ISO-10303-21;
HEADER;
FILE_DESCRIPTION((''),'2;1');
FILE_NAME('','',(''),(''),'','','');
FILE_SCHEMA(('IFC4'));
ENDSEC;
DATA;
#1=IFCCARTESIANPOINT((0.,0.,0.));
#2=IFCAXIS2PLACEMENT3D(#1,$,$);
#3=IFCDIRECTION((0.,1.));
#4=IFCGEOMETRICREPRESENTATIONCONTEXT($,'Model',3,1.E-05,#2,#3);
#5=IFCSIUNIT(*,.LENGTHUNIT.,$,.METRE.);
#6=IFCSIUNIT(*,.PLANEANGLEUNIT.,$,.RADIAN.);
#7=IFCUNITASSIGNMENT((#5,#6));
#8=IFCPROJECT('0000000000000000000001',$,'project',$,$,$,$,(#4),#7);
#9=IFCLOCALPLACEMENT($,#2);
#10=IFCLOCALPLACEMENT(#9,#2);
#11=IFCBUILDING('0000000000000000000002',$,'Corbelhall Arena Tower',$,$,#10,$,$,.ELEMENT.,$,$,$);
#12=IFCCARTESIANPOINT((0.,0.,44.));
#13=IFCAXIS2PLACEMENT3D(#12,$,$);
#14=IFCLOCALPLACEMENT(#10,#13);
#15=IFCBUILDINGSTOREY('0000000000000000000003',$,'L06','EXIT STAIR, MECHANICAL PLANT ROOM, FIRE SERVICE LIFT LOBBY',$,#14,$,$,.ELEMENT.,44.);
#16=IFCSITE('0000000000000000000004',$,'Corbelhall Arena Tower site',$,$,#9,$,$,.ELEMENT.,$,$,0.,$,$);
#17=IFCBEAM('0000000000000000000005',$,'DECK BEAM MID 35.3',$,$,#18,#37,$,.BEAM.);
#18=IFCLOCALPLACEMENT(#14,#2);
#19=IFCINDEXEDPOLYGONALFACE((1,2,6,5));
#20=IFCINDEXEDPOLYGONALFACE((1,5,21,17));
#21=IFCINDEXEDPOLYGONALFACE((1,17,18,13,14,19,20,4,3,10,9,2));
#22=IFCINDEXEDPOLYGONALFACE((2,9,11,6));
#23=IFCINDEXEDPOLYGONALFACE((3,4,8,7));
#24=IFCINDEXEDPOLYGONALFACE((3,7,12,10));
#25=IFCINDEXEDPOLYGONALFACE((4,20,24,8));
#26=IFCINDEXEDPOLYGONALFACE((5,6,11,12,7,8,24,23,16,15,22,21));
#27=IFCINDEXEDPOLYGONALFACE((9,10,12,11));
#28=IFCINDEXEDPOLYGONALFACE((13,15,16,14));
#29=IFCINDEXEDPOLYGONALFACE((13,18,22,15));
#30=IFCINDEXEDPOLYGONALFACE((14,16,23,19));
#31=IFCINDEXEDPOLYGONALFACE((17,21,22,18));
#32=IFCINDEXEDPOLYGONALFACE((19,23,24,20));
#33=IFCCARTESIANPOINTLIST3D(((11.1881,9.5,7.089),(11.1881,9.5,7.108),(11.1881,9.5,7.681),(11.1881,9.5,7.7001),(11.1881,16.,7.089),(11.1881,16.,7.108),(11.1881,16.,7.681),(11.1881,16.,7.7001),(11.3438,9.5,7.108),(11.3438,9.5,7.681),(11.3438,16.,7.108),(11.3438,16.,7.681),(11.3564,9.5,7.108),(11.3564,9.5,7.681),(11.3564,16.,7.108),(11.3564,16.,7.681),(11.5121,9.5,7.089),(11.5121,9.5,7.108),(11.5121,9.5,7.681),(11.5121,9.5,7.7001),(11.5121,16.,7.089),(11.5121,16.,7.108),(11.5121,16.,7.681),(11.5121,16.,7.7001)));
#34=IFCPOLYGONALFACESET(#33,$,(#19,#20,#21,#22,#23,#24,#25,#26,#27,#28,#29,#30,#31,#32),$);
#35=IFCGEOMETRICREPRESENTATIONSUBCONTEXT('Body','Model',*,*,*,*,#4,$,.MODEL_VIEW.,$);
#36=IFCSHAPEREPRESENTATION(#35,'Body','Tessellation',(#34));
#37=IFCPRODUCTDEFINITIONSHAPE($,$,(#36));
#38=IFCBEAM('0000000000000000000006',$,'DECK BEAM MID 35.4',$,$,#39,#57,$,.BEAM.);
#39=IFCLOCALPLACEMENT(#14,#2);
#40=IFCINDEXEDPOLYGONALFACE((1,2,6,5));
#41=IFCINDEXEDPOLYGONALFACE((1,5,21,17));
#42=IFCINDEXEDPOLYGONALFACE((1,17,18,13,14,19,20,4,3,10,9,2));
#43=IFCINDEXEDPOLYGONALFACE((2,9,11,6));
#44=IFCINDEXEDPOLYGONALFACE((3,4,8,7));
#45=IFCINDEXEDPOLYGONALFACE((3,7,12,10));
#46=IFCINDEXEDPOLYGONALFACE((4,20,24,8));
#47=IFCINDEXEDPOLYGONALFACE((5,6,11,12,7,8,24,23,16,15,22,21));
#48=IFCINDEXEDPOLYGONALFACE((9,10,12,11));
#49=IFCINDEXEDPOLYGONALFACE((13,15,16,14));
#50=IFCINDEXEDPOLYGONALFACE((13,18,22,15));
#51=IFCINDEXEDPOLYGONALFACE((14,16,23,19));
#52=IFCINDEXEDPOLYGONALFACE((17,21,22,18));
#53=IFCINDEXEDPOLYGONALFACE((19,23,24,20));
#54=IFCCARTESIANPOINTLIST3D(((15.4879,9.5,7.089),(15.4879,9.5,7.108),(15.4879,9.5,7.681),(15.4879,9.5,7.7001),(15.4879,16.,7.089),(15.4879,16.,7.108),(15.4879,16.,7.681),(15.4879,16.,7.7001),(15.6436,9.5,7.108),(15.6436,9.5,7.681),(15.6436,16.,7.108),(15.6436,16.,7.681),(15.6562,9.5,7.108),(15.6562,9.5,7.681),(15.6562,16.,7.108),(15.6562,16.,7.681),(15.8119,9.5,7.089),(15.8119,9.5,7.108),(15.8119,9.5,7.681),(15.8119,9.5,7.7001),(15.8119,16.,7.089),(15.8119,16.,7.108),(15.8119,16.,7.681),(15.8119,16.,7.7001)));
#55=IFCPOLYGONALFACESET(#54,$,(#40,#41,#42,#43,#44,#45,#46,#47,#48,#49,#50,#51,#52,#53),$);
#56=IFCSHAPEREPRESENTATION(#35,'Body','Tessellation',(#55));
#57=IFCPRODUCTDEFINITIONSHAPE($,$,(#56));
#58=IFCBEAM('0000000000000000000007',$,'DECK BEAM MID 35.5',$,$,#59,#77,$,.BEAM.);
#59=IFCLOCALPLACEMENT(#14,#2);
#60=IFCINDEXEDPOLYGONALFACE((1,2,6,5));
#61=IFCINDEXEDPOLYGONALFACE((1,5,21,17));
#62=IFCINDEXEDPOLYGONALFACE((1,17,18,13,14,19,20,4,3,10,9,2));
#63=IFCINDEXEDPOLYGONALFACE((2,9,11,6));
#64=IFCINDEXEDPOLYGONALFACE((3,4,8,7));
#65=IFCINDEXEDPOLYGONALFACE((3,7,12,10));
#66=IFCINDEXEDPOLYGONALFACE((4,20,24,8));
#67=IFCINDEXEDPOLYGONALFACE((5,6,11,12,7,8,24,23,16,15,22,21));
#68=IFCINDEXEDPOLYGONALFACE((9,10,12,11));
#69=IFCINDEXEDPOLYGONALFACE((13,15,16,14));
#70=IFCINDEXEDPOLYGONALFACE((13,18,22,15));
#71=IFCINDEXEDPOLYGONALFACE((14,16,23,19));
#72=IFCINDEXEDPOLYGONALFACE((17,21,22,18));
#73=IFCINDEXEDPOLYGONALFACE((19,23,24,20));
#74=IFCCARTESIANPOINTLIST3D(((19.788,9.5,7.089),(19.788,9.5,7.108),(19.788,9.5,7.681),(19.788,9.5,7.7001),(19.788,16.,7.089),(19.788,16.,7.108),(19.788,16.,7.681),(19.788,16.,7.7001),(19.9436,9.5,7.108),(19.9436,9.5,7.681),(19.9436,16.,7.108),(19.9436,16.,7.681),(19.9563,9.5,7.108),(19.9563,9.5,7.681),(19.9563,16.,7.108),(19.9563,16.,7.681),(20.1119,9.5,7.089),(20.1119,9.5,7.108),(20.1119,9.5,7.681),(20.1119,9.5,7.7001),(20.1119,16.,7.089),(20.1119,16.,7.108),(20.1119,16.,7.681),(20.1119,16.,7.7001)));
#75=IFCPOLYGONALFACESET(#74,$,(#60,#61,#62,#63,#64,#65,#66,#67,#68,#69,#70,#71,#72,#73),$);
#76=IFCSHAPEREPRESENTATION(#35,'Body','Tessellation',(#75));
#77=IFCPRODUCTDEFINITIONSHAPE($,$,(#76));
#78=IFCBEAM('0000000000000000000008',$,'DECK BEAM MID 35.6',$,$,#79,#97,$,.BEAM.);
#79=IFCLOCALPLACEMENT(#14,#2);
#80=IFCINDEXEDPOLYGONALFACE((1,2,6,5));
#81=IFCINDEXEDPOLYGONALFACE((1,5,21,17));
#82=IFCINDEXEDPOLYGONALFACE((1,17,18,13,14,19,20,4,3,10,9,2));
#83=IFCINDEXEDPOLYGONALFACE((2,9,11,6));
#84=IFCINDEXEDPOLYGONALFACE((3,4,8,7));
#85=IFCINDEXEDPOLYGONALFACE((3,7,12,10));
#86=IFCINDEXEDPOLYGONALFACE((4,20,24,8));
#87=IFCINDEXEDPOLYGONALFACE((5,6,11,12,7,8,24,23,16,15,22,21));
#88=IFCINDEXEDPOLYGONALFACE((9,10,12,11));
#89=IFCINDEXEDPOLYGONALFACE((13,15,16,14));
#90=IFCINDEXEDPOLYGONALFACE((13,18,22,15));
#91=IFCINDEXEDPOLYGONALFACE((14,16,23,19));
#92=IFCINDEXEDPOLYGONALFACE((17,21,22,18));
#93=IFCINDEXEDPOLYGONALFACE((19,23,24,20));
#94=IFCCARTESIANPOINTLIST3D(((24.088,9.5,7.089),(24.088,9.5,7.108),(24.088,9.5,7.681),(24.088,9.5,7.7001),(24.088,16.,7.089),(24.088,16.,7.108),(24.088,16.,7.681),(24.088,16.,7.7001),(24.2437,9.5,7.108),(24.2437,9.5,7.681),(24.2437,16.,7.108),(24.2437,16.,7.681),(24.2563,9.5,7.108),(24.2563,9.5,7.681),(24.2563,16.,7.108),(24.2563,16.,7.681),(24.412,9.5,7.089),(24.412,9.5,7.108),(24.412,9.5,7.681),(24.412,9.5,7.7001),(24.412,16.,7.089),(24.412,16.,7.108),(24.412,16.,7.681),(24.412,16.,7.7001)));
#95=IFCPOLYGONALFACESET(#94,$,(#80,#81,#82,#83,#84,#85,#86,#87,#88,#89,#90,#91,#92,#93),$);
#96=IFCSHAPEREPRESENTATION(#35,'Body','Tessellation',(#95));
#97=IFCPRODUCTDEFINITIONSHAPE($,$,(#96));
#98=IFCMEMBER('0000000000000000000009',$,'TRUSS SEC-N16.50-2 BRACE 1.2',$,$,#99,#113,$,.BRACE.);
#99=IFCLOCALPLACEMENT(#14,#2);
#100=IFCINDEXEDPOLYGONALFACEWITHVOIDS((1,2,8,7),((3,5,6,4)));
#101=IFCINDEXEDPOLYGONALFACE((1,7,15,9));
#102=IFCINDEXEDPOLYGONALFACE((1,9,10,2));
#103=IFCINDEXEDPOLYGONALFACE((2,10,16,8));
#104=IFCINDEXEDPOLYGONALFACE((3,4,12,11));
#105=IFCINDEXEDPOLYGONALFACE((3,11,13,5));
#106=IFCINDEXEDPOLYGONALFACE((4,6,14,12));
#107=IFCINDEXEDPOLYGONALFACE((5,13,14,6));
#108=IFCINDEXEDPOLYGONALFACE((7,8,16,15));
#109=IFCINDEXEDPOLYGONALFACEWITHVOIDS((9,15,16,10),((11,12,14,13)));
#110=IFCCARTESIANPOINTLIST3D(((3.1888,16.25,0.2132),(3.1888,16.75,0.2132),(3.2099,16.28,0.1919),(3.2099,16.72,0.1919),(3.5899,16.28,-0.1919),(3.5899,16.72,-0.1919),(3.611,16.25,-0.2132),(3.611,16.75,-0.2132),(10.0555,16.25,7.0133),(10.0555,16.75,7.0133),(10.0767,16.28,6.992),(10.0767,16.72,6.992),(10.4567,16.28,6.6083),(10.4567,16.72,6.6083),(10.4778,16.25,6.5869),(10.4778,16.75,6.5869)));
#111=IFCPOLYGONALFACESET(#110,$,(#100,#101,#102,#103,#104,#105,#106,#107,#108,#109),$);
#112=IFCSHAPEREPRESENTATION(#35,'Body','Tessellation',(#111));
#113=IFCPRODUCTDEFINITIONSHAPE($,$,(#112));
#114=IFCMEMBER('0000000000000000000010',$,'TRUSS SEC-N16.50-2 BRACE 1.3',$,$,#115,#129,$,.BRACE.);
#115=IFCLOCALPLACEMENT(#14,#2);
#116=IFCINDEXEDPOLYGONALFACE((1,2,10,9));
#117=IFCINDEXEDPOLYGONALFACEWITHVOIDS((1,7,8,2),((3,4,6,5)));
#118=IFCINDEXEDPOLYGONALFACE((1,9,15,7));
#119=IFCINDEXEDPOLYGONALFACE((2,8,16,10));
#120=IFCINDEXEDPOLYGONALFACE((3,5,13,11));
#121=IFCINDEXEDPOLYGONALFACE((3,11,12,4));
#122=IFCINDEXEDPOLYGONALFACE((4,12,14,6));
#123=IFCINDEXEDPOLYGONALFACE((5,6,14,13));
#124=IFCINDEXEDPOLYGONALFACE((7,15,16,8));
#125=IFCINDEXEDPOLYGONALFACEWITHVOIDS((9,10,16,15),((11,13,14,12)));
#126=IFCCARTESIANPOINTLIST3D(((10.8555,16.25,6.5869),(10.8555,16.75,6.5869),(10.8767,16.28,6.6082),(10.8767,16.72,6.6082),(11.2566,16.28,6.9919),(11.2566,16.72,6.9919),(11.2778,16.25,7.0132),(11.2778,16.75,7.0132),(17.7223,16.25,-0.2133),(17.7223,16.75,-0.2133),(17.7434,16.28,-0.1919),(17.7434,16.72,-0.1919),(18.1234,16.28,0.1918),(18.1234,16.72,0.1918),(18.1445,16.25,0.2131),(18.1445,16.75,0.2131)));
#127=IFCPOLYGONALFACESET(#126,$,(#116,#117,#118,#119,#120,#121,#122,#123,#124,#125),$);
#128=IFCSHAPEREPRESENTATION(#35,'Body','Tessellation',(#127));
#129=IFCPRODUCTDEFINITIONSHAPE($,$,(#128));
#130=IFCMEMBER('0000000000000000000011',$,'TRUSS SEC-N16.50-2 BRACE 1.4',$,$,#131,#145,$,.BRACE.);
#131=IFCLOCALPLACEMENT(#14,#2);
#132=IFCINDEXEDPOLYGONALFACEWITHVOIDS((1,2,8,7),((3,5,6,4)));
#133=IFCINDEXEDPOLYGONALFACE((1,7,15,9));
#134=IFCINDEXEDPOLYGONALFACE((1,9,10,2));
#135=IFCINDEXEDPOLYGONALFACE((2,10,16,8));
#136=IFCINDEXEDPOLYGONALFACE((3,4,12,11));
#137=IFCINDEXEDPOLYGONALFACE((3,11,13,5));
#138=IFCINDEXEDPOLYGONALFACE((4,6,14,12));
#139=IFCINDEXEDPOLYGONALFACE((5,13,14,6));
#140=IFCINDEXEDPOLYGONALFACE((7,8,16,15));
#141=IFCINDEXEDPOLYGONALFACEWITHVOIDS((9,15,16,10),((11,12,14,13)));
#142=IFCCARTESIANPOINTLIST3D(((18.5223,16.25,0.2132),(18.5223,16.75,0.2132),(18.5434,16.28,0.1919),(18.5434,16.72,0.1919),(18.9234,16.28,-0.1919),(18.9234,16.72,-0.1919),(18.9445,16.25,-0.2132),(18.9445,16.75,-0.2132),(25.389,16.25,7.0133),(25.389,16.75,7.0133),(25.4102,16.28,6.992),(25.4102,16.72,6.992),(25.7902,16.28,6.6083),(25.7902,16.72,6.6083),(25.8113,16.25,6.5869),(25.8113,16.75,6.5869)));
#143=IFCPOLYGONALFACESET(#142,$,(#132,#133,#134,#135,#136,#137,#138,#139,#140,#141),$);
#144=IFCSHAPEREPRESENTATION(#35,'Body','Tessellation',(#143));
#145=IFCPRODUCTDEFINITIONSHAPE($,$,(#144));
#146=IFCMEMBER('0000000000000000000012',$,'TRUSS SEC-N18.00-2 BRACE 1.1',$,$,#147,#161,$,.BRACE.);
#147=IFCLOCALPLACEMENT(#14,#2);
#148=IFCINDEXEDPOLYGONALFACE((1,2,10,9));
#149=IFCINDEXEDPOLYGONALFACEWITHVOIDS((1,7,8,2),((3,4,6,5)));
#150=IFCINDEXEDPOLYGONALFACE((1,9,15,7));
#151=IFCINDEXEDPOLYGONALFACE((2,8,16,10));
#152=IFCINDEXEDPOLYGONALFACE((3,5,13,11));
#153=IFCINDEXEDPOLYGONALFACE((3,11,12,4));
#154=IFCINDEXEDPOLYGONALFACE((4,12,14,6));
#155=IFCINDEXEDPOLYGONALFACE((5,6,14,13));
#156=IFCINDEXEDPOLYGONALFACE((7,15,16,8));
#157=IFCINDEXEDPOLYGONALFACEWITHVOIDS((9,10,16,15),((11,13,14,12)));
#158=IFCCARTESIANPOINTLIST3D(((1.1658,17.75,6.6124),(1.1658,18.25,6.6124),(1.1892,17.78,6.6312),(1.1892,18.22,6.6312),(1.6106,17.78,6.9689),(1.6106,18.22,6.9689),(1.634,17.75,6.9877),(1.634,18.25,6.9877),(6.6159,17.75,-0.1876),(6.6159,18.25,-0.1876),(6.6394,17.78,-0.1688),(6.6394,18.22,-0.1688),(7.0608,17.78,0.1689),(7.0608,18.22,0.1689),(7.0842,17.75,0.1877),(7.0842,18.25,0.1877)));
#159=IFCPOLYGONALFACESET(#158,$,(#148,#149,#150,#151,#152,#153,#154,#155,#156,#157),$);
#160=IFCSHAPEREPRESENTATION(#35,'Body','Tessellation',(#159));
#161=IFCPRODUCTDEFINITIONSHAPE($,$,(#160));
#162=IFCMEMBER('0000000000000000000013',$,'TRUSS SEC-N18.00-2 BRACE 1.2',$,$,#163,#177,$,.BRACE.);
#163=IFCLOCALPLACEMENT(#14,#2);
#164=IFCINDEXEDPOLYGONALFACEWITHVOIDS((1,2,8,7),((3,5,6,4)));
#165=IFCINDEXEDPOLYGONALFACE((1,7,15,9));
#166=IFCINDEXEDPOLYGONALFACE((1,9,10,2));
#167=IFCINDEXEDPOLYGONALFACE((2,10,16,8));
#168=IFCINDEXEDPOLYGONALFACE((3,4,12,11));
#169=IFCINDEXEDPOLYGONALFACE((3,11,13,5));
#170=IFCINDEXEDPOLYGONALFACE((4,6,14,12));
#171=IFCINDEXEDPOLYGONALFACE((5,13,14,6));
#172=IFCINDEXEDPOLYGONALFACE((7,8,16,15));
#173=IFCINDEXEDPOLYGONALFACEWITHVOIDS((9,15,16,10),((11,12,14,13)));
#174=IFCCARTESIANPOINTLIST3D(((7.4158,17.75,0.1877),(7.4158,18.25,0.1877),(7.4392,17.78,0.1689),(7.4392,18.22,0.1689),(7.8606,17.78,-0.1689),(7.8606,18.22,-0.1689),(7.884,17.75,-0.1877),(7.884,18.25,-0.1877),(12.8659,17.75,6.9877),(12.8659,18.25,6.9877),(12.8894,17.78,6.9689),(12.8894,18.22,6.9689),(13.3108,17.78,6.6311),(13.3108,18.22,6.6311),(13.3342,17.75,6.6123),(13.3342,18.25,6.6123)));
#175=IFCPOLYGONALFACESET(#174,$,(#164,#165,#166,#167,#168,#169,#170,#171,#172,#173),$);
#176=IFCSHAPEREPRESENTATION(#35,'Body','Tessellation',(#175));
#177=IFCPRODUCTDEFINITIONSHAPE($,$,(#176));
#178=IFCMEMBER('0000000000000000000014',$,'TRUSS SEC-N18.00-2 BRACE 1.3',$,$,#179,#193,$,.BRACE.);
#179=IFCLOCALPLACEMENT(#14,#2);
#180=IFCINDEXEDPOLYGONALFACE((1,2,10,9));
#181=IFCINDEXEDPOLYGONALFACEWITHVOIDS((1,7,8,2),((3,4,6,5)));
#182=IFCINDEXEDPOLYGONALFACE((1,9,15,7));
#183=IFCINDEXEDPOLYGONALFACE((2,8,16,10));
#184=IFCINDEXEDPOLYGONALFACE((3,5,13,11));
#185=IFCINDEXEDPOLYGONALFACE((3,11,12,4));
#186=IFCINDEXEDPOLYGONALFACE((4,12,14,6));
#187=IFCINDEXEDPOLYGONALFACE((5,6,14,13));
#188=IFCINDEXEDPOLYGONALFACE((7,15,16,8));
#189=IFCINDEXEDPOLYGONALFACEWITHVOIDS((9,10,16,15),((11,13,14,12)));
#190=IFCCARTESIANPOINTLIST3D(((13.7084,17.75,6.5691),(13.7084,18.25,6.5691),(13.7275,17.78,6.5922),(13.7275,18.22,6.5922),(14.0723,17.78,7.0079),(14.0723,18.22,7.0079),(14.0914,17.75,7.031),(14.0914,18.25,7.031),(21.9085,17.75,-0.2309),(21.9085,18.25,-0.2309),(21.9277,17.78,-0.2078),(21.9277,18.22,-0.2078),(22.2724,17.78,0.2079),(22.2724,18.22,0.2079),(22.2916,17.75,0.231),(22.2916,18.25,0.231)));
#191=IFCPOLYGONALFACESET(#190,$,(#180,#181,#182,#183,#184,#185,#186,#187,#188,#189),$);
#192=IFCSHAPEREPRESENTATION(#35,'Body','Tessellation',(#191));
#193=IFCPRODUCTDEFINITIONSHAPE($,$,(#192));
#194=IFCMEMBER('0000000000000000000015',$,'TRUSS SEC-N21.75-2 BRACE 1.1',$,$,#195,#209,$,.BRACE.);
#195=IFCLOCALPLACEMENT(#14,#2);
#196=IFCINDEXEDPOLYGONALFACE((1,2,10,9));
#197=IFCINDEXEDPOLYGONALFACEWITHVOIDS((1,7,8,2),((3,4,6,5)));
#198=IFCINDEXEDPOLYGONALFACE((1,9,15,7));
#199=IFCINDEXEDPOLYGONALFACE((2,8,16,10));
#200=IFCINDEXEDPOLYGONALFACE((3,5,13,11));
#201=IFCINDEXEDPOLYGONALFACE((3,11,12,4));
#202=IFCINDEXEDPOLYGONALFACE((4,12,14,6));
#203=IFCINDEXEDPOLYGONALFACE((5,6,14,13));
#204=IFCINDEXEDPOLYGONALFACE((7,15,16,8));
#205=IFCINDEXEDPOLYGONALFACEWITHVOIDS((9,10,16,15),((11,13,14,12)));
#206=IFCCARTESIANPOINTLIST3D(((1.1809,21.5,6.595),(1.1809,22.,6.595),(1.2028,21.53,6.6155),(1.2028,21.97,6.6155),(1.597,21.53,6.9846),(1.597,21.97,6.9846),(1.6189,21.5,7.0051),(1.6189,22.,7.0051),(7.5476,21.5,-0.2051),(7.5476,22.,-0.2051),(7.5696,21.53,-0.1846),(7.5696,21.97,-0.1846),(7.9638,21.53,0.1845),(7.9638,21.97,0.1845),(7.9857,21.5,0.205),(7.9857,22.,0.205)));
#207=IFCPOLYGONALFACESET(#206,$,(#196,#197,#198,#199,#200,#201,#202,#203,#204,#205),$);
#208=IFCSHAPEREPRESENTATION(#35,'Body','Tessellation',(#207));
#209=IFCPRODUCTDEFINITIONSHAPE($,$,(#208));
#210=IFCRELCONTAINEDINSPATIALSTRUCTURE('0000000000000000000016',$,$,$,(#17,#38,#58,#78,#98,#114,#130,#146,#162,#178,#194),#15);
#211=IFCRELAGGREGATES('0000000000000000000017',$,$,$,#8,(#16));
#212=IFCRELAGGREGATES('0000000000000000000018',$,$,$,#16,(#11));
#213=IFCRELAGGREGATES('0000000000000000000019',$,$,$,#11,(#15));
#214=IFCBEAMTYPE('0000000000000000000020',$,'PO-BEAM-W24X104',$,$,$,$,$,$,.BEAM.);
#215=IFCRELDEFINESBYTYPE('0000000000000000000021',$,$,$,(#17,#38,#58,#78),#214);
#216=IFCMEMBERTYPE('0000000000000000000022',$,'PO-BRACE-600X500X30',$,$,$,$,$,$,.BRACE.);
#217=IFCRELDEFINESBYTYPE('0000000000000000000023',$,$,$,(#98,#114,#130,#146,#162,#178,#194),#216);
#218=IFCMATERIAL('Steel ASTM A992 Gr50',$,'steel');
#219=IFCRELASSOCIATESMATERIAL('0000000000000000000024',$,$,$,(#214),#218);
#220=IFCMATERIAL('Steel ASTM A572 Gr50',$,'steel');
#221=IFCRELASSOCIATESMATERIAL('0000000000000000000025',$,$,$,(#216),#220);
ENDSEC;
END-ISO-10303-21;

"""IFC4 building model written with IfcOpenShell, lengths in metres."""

from ifc_helpers import new_model, si_unit, direction, frame, origin, origin_2d, place, context, subcontext, project, spatial, hollow_rectangle, i_section, extrude, material, material_profile, profile_set, type_object, element, save


model = new_model("IFC4")

# Units and contexts
model_context = context("Model", 3, precision=1e-05, world=origin(), true_north=direction((0.0, 1.0)))
body_context = subcontext(model_context, "Body", "Model", "MODEL_VIEW")
ifc_project = project(units=[si_unit("LENGTHUNIT", "METRE"), si_unit("PLANEANGLEUNIT", "RADIAN")], contexts=[model_context])

# Site, building, storey
site_placement = place(None, origin())
site = spatial("IfcSite", under=ifc_project, at=site_placement, Name="Corbelhall Arena Tower site", CompositionType="ELEMENT", RefElevation=0.0)
building_placement = place(site_placement, origin())
building = spatial("IfcBuilding", under=site, at=building_placement, Name="Corbelhall Arena Tower", CompositionType="ELEMENT")
storey_placement = place(building_placement, frame((0.0, 0.0, 44.0)))
storey = spatial("IfcBuildingStorey", under=building, at=storey_placement, Name="L06", Description="EXIT STAIR, MECHANICAL PLANT ROOM, FIRE SERVICE LIFT LOBBY", CompositionType="ELEMENT", Elevation=44.0)

# Beams
ifc_material_1 = material(Name="Steel ASTM A992 Gr50", Category="steel")
ifc_material_profile_1 = material_profile(ifc_material_1, i_section(OverallWidth=0.324, OverallDepth=0.6111, WebThickness=0.0127, FlangeThickness=0.019, at=origin_2d()))
ifc_profile_set_1 = profile_set([ifc_material_profile_1], Name="Steel ASTM A992 Gr50")
beam_type = type_object("IfcBeamType", Name="PO-BEAM-W24X104", PredefinedType="BEAM", material=ifc_profile_set_1)
for number, where, z_axis, x_axis, name in (
    (1, (11.3501, 9.5, 7.3945), (0.0, 1.0, 0.0), (-1.0, 0.0, 0.0), "DECK BEAM MID 35.3"),
    (2, (15.6499, 9.5, 7.3945), (0.0, 1.0, 0.0), (-1.0, 0.0, 0.0), "DECK BEAM MID 35.4"),
    (3, (19.95, 9.5, 7.3945), (0.0, 1.0, 0.0), (-1.0, 0.0, 0.0), "DECK BEAM MID 35.5"),
    (4, (24.25, 9.5, 7.3945), (0.0, 1.0, 0.0), (-1.0, 0.0, 0.0), "DECK BEAM MID 35.6"),
):
    element("IfcBeam", number, at=place(storey_placement, frame(where, z_axis=z_axis, x_axis=x_axis)), inside=storey, type_object=beam_type, Name=name, PredefinedType="BEAM", context=body_context, shape_type="SweptSolid", body=[
        extrude(i_section(OverallWidth=0.324, OverallDepth=0.6111, WebThickness=0.0127, FlangeThickness=0.019, at=origin_2d()), origin(), (0.0, 0.0, 1.0), 6.5),
    ])

# Members
ifc_material_2 = material(Name="Steel ASTM A572 Gr50", Category="steel")
ifc_material_profile_2 = material_profile(ifc_material_2, hollow_rectangle(XDim=0.5, YDim=0.6001, WallThickness=0.03, at=origin_2d()))
ifc_profile_set_2 = profile_set([ifc_material_profile_2], Name="Steel ASTM A572 Gr50")
member_type_1 = type_object("IfcMemberType", Name="PO-BRACE-600X500X30", PredefinedType="BRACE", material=ifc_profile_set_2)
for number, where, z_axis, x_axis, name in (
    (5, (3.3999, 16.5, 0.0), (0.710547, 0.0, 0.70365), (0.0, 1.0, 0.0), "TRUSS SEC-N16.50-2 BRACE 1.2"),
    (6, (11.0667, 16.5, 6.8), (0.710547, 0.0, -0.70365), (0.0, 1.0, 0.0), "TRUSS SEC-N16.50-2 BRACE 1.3"),
    (7, (18.7334, 16.5, 0.0), (0.710547, 0.0, 0.70365), (0.0, 1.0, 0.0), "TRUSS SEC-N16.50-2 BRACE 1.4"),
):
    element("IfcMember", number, at=place(storey_placement, frame(where, z_axis=z_axis, x_axis=x_axis)), inside=storey, type_object=member_type_1, Name=name, PredefinedType="BRACE", context=body_context, shape_type="SweptSolid", body=[
        extrude(hollow_rectangle(XDim=0.5, YDim=0.6001, WallThickness=0.03, at=origin_2d()), origin(), (0.0, 0.0, 1.0), 9.6641),
    ])
for number, where, z_axis, x_axis, name in (
    (8, (1.3999, 18.0, 6.8), (0.625405, 0.0, -0.7803), (0.0, 1.0, 0.0), "TRUSS SEC-N18.00-2 BRACE 1.1"),
    (9, (7.6499, 18.0, 0.0), (0.625405, 0.0, 0.7803), (0.0, 1.0, 0.0), "TRUSS SEC-N18.00-2 BRACE 1.2"),
):
    element("IfcMember", number, at=place(storey_placement, frame(where, z_axis=z_axis, x_axis=x_axis)), inside=storey, type_object=member_type_1, Name=name, PredefinedType="BRACE", context=body_context, shape_type="SweptSolid", body=[
        extrude(hollow_rectangle(XDim=0.5, YDim=0.6001, WallThickness=0.03, at=origin_2d()), origin(), (0.0, 0.0, 1.0), 8.7146),
    ])
member_placement = place(storey_placement, frame((13.8999, 18.0, 6.8), z_axis=(0.769763, 0.0, -0.63833), x_axis=(0.0, 1.0, 0.0)))
element("IfcMember", 10, at=member_placement, inside=storey, type_object=member_type_1, Name="TRUSS SEC-N18.00-2 BRACE 1.3", PredefinedType="BRACE", context=body_context, shape_type="SweptSolid", body=[
    extrude(hollow_rectangle(XDim=0.5, YDim=0.6001, WallThickness=0.03, at=origin_2d()), origin(), (0.0, 0.0, 1.0), 10.6528),
])
for number, where, z_axis, x_axis, name in (
    (11, (1.3999, 21.75, 6.8), (0.683464, 0.0, -0.729984), (0.0, 1.0, 0.0), "TRUSS SEC-N21.75-2 BRACE 1.1"),
):
    element("IfcMember", number, at=place(storey_placement, frame(where, z_axis=z_axis, x_axis=x_axis)), inside=storey, type_object=member_type_1, Name=name, PredefinedType="BRACE", context=body_context, shape_type="SweptSolid", body=[
        extrude(hollow_rectangle(XDim=0.5, YDim=0.6001, WallThickness=0.03, at=origin_2d()), origin(), (0.0, 0.0, 1.0), 9.3154),
    ])

save(model, "model.ifc")
